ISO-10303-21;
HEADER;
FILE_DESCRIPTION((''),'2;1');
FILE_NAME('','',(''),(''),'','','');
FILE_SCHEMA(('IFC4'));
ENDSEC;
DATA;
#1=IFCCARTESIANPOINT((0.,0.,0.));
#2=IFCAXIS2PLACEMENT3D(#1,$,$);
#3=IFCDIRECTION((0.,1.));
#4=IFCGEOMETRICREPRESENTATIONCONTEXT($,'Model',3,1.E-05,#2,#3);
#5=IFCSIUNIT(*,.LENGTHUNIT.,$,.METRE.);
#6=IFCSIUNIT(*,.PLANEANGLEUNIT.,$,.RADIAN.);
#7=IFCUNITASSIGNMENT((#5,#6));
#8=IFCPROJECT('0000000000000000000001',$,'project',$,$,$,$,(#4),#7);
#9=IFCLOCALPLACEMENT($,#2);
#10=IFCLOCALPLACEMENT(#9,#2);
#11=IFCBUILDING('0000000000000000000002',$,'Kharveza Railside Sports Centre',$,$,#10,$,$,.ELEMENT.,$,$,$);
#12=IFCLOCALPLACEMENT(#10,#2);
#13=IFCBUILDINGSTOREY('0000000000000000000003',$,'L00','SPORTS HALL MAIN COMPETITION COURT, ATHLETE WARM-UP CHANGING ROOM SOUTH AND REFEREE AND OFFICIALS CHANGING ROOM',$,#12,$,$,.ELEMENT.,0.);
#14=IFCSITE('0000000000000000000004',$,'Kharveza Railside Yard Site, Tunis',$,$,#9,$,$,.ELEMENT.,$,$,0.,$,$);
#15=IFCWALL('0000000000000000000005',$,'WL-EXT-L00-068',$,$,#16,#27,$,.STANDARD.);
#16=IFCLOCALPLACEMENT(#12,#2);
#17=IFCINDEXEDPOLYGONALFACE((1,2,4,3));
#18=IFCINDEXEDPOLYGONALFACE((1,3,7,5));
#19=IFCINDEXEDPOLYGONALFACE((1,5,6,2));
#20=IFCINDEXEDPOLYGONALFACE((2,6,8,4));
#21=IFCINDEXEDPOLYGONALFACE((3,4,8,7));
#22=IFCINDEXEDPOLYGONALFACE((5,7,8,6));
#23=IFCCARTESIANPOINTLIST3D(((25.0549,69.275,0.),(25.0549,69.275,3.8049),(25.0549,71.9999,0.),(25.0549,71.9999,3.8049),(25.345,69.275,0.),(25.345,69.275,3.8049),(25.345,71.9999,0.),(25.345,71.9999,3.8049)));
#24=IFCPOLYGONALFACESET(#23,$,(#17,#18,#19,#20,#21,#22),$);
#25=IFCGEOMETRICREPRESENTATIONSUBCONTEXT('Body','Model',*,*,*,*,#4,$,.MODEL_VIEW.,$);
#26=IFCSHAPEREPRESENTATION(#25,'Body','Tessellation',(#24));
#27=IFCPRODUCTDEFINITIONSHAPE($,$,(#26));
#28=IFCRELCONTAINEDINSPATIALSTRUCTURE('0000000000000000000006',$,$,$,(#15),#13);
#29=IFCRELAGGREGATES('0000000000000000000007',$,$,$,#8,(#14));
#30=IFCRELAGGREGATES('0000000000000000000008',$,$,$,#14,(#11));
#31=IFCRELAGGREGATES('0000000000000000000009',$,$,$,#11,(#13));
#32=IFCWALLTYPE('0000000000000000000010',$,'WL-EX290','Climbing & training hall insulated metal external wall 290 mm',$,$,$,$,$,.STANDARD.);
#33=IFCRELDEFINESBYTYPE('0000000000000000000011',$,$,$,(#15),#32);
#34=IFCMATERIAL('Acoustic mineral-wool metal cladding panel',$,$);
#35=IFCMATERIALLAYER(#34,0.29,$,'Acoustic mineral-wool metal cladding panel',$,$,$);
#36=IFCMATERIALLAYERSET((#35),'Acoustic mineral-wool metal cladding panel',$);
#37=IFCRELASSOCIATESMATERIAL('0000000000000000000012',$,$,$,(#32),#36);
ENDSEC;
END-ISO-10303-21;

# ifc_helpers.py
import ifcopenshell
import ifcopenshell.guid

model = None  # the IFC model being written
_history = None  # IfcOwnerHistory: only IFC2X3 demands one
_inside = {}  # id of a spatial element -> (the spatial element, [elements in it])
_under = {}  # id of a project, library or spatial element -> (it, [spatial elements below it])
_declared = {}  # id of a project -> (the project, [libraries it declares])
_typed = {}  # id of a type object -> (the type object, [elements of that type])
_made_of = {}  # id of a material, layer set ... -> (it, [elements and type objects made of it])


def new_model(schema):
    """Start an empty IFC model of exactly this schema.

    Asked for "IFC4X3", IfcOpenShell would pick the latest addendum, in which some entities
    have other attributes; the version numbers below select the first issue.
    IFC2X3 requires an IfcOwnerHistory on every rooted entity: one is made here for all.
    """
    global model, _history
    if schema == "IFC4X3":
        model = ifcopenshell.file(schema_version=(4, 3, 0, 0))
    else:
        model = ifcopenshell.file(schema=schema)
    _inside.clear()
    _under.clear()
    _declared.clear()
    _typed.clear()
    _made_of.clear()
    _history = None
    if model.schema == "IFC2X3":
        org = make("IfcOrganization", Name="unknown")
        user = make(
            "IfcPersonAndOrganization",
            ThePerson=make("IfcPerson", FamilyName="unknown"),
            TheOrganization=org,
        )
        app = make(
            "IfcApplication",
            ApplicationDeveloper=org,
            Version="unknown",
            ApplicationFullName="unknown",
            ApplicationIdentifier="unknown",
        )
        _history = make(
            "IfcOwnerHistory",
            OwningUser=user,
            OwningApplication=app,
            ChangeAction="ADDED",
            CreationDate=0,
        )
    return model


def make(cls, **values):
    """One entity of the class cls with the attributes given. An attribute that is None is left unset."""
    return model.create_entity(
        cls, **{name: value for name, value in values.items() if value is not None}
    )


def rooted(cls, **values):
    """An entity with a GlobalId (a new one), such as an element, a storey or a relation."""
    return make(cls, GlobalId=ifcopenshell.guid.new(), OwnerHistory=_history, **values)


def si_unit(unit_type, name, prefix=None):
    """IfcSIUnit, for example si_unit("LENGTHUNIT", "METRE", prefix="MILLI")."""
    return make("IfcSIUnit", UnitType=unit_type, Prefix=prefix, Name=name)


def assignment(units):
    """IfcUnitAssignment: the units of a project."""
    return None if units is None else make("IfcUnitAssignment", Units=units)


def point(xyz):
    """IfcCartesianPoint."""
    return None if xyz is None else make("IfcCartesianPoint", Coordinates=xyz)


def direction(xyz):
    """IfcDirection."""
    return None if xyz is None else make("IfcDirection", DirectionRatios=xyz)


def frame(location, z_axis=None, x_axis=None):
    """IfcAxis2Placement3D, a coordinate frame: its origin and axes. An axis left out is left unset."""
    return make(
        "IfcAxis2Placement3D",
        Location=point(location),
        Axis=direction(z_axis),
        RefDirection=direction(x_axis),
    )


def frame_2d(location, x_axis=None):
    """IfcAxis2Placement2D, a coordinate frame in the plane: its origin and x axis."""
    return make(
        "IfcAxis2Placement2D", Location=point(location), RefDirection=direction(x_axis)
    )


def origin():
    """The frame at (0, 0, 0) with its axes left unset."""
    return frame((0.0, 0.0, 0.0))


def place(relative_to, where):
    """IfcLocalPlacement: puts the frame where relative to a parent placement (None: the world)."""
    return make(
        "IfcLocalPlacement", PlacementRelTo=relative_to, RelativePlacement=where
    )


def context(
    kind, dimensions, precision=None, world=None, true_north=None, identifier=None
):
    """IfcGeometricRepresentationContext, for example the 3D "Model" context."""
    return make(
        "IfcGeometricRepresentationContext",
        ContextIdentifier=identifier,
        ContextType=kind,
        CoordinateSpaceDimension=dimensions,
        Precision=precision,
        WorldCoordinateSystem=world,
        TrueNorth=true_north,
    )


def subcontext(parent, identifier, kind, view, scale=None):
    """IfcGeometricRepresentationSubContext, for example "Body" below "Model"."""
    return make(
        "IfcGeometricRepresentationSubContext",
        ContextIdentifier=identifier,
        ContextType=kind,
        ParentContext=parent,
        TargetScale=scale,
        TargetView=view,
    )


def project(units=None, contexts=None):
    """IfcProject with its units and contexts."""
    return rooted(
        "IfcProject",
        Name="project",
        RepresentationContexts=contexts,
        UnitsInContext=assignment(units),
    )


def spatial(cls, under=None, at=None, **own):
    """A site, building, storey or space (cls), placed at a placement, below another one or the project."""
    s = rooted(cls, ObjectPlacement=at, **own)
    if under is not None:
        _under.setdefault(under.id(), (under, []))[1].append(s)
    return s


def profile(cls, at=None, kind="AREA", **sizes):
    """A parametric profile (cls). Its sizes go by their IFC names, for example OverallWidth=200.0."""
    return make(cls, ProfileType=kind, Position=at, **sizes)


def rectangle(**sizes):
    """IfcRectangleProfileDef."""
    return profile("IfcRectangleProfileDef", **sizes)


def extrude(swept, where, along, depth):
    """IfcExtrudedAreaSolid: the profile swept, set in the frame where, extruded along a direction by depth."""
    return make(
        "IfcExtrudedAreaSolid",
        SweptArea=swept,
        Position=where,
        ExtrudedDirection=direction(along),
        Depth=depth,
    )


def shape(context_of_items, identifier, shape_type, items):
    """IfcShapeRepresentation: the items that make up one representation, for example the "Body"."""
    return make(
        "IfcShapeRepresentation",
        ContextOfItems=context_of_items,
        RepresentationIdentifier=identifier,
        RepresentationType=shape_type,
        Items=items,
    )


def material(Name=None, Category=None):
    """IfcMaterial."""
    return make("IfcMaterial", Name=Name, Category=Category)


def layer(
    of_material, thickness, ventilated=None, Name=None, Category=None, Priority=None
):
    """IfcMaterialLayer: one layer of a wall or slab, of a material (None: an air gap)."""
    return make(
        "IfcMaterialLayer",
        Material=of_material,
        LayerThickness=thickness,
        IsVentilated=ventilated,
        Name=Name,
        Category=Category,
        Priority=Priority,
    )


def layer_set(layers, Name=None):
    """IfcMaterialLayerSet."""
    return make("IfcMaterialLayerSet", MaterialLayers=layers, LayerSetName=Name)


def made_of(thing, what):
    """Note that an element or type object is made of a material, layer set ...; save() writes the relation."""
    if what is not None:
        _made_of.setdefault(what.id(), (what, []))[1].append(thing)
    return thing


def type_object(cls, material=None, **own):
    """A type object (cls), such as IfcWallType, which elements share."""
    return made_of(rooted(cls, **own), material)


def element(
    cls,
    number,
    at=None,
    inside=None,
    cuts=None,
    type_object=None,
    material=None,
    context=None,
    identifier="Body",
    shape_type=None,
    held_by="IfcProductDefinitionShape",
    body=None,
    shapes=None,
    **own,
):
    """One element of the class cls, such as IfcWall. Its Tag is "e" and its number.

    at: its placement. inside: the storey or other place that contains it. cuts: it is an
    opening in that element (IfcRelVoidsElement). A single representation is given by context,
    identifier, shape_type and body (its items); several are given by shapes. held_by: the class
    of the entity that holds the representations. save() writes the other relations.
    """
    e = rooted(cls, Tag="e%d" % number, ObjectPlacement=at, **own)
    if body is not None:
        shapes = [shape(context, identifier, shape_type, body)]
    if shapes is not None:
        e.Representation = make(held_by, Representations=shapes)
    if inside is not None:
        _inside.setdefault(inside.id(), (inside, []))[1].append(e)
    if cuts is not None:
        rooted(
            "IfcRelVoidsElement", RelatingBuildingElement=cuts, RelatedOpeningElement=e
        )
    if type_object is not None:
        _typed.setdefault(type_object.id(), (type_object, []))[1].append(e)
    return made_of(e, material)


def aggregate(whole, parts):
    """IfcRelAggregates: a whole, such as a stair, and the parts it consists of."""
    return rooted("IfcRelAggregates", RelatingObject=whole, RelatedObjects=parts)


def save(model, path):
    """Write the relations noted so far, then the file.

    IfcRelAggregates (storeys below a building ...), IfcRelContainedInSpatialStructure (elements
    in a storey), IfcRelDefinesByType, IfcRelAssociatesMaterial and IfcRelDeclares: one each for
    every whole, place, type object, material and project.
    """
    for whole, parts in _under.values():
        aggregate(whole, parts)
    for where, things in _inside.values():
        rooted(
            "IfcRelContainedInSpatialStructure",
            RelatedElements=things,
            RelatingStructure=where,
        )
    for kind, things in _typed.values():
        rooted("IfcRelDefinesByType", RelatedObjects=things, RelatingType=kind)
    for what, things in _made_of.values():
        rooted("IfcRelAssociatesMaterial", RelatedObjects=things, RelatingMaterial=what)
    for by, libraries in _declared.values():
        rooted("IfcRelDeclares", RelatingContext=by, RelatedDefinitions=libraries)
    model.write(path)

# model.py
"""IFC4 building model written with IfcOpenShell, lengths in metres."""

from ifc_helpers import new_model, si_unit, direction, frame, frame_2d, origin, place, context, subcontext, project, spatial, rectangle, extrude, material, layer, layer_set, type_object, element, save


model = new_model("IFC4")

# Units and contexts
model_context = context("Model", 3, precision=1e-05, world=origin(), true_north=direction((0.0, 1.0)))
body_context = subcontext(model_context, "Body", "Model", "MODEL_VIEW")
ifc_project = project(units=[si_unit("LENGTHUNIT", "METRE"), si_unit("PLANEANGLEUNIT", "RADIAN")], contexts=[model_context])

# Site, building, storey
site_placement = place(None, origin())
site = spatial("IfcSite", under=ifc_project, at=site_placement, Name="Kharveza Railside Yard Site, Tunis", CompositionType="ELEMENT", RefElevation=0.0)
building_placement = place(site_placement, origin())
building = spatial("IfcBuilding", under=site, at=building_placement, Name="Kharveza Railside Sports Centre", CompositionType="ELEMENT")
storey_placement = place(building_placement, origin())
storey = spatial("IfcBuildingStorey", under=building, at=storey_placement, Name="L00", Description="SPORTS HALL MAIN COMPETITION COURT, ATHLETE WARM-UP CHANGING ROOM SOUTH AND REFEREE AND OFFICIALS CHANGING ROOM", CompositionType="ELEMENT", Elevation=0.0)

# Wall
ifc_material_1 = material(Name="Acoustic mineral-wool metal cladding panel")
ifc_layer_1 = layer(ifc_material_1, 0.29, Name="Acoustic mineral-wool metal cladding panel")
ifc_layer_set_1 = layer_set([ifc_layer_1], Name="Acoustic mineral-wool metal cladding panel")
wall_type_1 = type_object("IfcWallType", Name="WL-EX290", Description="Climbing & training hall insulated metal external wall 290 mm", PredefinedType="STANDARD", material=ifc_layer_set_1)
wall_1_placement = place(storey_placement, frame((25.2, 69.2751, 0.0), z_axis=(0.0, 0.0, 1.0), x_axis=(0.0, 1.0, 0.0)))
element("IfcWall", 1, at=wall_1_placement, inside=storey, type_object=wall_type_1, Name="WL-EXT-L00-068", PredefinedType="STANDARD", context=body_context, shape_type="SweptSolid", body=[
    extrude(rectangle(XDim=2.7249, YDim=0.29, at=frame_2d((1.3623, 0.0))), origin(), (0.0, 0.0, 1.0), 3.8049),
])

save(model, "model.ifc")
